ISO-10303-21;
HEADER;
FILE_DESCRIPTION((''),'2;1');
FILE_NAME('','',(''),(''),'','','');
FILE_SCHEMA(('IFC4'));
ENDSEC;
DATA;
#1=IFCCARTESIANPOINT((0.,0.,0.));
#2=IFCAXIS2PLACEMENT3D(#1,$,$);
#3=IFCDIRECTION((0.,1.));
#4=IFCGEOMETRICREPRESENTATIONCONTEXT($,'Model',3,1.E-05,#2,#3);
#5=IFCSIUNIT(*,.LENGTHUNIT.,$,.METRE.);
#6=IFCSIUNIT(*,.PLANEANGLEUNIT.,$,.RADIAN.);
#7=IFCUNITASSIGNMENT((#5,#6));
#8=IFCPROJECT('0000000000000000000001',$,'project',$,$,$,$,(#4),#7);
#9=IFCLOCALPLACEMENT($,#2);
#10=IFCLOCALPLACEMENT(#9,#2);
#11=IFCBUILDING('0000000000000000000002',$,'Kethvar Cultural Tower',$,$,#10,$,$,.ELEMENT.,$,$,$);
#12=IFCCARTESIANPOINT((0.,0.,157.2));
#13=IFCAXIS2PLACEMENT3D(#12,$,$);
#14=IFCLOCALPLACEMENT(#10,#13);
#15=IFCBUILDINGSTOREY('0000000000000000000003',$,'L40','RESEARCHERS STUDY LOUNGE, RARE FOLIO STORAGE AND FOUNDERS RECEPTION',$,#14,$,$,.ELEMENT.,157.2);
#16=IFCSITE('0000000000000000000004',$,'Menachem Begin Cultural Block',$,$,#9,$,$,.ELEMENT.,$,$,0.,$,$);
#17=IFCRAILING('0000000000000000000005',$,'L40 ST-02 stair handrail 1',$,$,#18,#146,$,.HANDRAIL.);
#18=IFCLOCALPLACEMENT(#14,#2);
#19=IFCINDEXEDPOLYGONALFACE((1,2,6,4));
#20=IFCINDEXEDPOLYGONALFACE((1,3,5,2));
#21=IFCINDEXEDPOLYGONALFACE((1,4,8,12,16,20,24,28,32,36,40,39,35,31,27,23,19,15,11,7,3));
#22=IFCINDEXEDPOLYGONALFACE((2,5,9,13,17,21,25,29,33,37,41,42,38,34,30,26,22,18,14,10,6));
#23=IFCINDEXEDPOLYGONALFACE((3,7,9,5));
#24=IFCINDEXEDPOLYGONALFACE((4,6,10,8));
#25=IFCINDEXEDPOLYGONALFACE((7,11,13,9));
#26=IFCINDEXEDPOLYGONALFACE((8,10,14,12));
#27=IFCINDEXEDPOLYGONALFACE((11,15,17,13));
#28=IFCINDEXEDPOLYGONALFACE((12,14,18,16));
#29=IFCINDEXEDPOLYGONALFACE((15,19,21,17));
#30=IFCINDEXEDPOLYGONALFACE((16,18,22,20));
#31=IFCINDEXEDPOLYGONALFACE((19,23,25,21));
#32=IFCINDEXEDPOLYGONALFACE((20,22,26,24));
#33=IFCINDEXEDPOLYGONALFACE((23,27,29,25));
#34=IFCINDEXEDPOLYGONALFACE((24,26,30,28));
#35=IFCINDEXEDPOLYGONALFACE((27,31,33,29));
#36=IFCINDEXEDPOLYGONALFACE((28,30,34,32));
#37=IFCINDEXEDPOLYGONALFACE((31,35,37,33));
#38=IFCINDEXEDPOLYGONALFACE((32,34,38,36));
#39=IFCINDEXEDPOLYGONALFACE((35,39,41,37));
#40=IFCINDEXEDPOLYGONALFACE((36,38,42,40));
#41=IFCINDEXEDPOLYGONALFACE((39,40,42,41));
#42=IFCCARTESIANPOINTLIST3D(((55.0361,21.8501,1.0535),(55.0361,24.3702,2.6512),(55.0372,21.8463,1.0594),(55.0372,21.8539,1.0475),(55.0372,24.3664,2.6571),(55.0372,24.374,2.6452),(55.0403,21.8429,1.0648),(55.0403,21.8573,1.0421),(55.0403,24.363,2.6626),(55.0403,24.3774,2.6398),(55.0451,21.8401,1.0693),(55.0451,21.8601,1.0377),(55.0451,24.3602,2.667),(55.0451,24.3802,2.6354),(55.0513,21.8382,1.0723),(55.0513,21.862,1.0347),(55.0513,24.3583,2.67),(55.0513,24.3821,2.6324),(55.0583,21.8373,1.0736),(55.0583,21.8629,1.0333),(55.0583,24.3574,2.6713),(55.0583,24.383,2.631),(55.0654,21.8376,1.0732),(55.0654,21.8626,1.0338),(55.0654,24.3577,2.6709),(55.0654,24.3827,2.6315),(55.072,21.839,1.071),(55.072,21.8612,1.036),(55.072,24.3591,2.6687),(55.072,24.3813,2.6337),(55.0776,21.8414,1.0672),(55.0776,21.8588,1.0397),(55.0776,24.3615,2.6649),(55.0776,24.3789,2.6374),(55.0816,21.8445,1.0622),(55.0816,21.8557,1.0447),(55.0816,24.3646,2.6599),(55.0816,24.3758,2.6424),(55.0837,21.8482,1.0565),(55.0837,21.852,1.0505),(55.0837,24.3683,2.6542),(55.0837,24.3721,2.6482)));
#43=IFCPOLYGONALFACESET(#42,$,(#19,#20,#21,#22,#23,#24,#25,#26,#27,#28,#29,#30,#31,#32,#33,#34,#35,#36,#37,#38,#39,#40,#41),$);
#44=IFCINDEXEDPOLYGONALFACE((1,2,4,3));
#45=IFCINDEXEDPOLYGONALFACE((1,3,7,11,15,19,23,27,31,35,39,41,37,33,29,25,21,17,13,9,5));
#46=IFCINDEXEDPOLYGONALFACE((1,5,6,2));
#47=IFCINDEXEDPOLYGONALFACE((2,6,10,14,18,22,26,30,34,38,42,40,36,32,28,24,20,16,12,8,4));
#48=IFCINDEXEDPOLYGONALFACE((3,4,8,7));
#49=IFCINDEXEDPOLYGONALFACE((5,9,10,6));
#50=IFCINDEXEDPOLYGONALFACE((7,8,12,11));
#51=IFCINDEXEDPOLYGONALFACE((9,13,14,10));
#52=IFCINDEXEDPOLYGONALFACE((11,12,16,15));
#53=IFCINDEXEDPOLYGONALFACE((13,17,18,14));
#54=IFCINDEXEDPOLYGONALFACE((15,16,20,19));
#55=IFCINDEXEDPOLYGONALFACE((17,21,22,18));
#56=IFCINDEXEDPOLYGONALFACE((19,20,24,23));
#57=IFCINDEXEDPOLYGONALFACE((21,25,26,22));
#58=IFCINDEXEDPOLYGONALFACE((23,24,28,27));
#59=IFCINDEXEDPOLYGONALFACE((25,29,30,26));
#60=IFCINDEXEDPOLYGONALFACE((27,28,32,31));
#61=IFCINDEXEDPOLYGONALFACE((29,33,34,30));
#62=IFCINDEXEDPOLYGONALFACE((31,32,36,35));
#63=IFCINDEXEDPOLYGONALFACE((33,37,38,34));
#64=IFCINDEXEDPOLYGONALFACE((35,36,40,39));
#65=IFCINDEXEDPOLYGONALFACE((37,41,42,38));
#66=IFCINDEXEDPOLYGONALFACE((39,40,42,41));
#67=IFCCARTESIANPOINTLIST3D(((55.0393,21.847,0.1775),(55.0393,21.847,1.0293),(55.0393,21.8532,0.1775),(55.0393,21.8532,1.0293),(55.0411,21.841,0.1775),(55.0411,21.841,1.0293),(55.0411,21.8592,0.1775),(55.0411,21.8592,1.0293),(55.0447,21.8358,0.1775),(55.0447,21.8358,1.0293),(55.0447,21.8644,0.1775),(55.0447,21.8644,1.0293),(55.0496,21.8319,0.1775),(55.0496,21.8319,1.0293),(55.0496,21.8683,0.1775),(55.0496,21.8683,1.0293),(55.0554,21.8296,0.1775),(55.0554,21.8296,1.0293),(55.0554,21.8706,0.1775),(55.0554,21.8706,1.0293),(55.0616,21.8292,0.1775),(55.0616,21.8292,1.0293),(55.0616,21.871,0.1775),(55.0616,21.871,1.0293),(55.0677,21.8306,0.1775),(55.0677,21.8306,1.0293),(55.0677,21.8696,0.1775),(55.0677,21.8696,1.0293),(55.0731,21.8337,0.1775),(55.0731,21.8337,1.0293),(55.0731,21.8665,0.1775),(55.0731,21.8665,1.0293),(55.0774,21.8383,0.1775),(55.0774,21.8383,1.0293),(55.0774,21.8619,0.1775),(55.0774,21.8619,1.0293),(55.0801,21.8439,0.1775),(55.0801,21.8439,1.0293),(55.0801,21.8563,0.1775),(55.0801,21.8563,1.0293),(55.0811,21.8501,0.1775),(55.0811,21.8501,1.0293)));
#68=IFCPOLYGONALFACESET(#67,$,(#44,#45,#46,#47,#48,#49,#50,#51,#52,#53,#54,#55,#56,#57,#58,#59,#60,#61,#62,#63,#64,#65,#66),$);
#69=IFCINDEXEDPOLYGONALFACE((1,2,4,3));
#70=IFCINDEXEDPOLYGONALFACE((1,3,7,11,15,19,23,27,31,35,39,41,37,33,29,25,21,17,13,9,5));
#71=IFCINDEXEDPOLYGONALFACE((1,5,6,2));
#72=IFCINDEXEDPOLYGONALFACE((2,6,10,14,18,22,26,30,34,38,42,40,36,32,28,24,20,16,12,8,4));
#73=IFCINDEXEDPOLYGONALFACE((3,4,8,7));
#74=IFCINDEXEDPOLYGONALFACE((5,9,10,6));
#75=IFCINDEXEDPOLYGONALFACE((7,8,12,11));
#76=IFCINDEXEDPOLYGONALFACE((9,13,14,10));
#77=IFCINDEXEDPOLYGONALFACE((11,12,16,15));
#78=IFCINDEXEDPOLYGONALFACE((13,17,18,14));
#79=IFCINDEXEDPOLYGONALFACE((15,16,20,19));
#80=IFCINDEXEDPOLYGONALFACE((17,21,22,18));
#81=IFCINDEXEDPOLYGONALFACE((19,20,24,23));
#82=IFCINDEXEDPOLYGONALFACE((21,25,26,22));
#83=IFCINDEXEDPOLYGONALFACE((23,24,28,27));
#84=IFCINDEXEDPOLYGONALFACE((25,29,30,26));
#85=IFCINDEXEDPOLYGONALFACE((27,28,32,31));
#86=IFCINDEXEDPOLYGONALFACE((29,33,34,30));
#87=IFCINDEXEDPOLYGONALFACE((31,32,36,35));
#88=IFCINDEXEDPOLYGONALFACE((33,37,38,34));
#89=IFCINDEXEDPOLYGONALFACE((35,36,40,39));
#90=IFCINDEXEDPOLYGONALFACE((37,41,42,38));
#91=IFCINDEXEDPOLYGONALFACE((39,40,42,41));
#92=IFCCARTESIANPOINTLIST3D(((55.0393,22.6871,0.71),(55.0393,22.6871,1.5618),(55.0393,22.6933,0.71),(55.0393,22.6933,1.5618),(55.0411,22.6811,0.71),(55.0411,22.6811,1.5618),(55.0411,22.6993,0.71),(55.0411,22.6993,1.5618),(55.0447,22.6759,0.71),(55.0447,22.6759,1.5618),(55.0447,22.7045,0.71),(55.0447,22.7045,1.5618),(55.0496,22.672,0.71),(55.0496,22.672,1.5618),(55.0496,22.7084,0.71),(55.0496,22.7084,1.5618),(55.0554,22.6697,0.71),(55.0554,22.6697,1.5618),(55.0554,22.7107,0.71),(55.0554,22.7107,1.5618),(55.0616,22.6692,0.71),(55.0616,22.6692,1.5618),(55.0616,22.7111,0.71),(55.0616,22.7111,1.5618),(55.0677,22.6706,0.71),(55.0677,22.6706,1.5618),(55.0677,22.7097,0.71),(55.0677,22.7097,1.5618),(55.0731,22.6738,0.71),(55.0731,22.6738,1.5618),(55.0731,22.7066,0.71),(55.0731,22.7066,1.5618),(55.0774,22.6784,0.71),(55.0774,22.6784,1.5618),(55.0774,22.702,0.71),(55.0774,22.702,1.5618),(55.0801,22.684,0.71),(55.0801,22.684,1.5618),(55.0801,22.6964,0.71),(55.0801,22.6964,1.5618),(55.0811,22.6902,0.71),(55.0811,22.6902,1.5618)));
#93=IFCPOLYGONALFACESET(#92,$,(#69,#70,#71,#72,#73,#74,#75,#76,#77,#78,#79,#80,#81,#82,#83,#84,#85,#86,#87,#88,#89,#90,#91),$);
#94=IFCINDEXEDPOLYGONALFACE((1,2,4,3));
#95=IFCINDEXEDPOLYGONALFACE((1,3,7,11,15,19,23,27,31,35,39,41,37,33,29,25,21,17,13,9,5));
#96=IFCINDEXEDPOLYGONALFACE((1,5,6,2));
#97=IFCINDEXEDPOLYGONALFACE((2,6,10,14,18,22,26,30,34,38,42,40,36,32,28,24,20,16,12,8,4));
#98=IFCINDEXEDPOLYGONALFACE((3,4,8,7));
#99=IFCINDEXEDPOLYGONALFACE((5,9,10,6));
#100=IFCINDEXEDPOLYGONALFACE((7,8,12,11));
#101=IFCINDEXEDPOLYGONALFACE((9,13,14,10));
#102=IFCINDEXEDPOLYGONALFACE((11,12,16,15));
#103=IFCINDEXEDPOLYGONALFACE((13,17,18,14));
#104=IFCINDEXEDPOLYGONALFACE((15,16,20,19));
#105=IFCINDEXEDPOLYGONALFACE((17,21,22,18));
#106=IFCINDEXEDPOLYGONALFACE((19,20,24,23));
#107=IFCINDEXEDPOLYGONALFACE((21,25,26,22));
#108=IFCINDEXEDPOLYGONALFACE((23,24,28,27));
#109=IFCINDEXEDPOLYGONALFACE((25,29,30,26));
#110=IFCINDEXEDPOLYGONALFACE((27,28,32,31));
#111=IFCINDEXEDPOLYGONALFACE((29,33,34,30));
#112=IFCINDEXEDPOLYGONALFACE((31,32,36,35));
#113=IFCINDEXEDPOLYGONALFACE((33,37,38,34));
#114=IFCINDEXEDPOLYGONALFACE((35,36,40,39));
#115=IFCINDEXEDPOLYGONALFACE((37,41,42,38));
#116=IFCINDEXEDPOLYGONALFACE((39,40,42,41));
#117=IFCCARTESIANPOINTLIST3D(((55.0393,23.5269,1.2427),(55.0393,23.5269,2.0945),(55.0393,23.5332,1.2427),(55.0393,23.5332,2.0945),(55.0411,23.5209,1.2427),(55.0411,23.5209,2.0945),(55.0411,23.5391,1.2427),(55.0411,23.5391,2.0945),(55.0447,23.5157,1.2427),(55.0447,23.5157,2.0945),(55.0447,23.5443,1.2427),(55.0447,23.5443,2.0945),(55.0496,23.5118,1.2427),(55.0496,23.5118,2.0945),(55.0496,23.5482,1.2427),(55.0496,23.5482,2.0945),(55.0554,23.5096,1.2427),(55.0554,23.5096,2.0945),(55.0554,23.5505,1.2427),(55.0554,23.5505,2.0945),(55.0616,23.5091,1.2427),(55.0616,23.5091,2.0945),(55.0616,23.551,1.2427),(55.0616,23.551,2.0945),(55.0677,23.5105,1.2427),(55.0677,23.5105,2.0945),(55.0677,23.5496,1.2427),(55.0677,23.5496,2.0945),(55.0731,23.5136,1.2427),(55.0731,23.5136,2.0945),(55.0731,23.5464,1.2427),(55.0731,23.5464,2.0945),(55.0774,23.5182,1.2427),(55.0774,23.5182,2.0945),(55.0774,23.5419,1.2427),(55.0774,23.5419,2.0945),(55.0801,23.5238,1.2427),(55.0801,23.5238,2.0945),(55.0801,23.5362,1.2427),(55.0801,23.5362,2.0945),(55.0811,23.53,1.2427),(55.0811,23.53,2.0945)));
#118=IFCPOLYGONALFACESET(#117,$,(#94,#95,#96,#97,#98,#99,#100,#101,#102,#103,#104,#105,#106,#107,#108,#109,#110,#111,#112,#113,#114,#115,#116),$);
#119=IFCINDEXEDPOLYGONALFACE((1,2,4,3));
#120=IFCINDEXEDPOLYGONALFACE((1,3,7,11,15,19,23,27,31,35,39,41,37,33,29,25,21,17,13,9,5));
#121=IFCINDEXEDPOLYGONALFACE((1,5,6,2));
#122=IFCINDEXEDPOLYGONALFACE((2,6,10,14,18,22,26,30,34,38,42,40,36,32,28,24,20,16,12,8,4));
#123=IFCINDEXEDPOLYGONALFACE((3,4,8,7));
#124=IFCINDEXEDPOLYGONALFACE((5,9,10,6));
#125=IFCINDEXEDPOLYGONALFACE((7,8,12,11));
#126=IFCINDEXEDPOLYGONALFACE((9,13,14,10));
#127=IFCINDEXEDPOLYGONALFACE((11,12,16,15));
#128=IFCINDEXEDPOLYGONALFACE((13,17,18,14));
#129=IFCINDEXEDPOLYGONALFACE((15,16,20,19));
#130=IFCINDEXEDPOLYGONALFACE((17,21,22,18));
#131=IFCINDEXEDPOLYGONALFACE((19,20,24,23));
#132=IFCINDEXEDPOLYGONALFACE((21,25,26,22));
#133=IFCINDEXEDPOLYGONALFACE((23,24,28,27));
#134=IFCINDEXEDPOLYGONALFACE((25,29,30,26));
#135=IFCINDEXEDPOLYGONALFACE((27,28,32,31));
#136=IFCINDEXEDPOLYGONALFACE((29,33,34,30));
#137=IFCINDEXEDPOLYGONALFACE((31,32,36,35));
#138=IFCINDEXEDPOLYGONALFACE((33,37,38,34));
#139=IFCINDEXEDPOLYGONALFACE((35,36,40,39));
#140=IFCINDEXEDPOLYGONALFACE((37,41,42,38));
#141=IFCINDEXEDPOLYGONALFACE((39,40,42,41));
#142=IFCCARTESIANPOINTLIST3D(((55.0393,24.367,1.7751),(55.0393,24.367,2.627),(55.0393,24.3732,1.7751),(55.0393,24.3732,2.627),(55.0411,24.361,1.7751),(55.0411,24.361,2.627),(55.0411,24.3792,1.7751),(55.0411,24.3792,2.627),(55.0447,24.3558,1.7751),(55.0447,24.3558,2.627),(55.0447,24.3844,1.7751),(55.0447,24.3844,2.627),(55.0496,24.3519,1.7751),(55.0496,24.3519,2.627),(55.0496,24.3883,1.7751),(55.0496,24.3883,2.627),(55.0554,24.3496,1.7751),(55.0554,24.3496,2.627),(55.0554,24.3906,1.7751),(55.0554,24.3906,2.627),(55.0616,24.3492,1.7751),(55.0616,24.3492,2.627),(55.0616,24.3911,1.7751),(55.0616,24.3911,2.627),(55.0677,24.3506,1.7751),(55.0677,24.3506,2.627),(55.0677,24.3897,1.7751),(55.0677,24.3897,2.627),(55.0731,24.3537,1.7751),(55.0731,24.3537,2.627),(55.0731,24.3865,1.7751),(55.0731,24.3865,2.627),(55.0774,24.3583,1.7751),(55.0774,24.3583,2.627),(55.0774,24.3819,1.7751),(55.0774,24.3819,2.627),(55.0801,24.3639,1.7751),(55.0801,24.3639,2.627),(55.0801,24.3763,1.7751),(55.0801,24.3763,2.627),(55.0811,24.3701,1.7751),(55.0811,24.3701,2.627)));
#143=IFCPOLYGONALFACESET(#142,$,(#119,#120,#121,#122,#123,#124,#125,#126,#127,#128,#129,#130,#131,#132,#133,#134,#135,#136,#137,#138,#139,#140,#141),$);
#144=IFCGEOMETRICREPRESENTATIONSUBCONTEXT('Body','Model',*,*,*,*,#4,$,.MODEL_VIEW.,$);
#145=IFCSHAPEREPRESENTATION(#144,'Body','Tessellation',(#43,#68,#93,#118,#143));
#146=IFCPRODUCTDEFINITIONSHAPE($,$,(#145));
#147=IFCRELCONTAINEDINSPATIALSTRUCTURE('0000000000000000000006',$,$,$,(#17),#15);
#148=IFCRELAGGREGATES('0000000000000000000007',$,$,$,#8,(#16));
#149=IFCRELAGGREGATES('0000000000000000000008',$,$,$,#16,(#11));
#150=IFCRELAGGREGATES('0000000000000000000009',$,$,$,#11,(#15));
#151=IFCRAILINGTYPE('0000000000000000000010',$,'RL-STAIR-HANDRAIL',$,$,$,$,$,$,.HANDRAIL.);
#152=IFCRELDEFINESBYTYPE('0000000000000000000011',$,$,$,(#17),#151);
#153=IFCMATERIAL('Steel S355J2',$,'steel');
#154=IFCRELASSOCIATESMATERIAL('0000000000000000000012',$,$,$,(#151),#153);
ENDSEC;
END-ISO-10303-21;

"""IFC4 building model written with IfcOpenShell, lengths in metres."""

from ifc_helpers import new_model, si_unit, direction, frame, origin, origin_2d, place, context, subcontext, project, spatial, circle, extrude, material, type_object, element, save


model = new_model("IFC4")

# Units and contexts
model_context = context("Model", 3, precision=1e-05, world=origin(), true_north=direction((0.0, 1.0)))
body_context = subcontext(model_context, "Body", "Model", "MODEL_VIEW")
ifc_project = project(units=[si_unit("LENGTHUNIT", "METRE"), si_unit("PLANEANGLEUNIT", "RADIAN")], contexts=[model_context])

# Site, building, storey
site_placement = place(None, origin())
site = spatial("IfcSite", under=ifc_project, at=site_placement, Name="Menachem Begin Cultural Block", CompositionType="ELEMENT", RefElevation=0.0)
building_placement = place(site_placement, origin())
building = spatial("IfcBuilding", under=site, at=building_placement, Name="Kethvar Cultural Tower", CompositionType="ELEMENT")
storey_placement = place(building_placement, frame((0.0, 0.0, 157.2)))
storey = spatial("IfcBuildingStorey", under=building, at=storey_placement, Name="L40", Description="RESEARCHERS STUDY LOUNGE, RARE FOLIO STORAGE AND FOUNDERS RECEPTION", CompositionType="ELEMENT", Elevation=157.2)

# Shared definitions
ifc_material_1 = material(Name="Steel S355J2", Category="steel")

# Railing
railing_type_1 = type_object("IfcRailingType", Name="RL-STAIR-HANDRAIL", PredefinedType="HANDRAIL", material=ifc_material_1)
railing_1_placement = place(storey_placement, frame((55.0601, 21.8501, 0.1775)))
element("IfcRailing", 1, at=railing_1_placement, inside=storey, type_object=railing_type_1, Name="L40 ST-02 stair handrail 1", PredefinedType="HANDRAIL", context=body_context, shape_type="SweptSolid", body=[
    extrude(circle(Radius=0.0239, at=origin_2d()), frame((0.0, 0.0, 0.876), z_axis=(0.0, 0.84457, 0.535445), x_axis=(-1.0, 0.0, 0.0)), (0.0, 0.0, 1.0), 2.9839),
    extrude(circle(Radius=0.021, at=origin_2d()), origin(), (0.0, 0.0, 1.0), 0.8518),
    extrude(circle(Radius=0.021, at=origin_2d()), frame((0.0, 0.8401, 0.5325)), (0.0, 0.0, 1.0), 0.8518),
    extrude(circle(Radius=0.021, at=origin_2d()), frame((0.0, 1.6799, 1.0652)), (0.0, 0.0, 1.0), 0.8518),
    extrude(circle(Radius=0.021, at=origin_2d()), frame((0.0, 2.52, 1.5977)), (0.0, 0.0, 1.0), 0.8518),
])

save(model, "model.ifc")
